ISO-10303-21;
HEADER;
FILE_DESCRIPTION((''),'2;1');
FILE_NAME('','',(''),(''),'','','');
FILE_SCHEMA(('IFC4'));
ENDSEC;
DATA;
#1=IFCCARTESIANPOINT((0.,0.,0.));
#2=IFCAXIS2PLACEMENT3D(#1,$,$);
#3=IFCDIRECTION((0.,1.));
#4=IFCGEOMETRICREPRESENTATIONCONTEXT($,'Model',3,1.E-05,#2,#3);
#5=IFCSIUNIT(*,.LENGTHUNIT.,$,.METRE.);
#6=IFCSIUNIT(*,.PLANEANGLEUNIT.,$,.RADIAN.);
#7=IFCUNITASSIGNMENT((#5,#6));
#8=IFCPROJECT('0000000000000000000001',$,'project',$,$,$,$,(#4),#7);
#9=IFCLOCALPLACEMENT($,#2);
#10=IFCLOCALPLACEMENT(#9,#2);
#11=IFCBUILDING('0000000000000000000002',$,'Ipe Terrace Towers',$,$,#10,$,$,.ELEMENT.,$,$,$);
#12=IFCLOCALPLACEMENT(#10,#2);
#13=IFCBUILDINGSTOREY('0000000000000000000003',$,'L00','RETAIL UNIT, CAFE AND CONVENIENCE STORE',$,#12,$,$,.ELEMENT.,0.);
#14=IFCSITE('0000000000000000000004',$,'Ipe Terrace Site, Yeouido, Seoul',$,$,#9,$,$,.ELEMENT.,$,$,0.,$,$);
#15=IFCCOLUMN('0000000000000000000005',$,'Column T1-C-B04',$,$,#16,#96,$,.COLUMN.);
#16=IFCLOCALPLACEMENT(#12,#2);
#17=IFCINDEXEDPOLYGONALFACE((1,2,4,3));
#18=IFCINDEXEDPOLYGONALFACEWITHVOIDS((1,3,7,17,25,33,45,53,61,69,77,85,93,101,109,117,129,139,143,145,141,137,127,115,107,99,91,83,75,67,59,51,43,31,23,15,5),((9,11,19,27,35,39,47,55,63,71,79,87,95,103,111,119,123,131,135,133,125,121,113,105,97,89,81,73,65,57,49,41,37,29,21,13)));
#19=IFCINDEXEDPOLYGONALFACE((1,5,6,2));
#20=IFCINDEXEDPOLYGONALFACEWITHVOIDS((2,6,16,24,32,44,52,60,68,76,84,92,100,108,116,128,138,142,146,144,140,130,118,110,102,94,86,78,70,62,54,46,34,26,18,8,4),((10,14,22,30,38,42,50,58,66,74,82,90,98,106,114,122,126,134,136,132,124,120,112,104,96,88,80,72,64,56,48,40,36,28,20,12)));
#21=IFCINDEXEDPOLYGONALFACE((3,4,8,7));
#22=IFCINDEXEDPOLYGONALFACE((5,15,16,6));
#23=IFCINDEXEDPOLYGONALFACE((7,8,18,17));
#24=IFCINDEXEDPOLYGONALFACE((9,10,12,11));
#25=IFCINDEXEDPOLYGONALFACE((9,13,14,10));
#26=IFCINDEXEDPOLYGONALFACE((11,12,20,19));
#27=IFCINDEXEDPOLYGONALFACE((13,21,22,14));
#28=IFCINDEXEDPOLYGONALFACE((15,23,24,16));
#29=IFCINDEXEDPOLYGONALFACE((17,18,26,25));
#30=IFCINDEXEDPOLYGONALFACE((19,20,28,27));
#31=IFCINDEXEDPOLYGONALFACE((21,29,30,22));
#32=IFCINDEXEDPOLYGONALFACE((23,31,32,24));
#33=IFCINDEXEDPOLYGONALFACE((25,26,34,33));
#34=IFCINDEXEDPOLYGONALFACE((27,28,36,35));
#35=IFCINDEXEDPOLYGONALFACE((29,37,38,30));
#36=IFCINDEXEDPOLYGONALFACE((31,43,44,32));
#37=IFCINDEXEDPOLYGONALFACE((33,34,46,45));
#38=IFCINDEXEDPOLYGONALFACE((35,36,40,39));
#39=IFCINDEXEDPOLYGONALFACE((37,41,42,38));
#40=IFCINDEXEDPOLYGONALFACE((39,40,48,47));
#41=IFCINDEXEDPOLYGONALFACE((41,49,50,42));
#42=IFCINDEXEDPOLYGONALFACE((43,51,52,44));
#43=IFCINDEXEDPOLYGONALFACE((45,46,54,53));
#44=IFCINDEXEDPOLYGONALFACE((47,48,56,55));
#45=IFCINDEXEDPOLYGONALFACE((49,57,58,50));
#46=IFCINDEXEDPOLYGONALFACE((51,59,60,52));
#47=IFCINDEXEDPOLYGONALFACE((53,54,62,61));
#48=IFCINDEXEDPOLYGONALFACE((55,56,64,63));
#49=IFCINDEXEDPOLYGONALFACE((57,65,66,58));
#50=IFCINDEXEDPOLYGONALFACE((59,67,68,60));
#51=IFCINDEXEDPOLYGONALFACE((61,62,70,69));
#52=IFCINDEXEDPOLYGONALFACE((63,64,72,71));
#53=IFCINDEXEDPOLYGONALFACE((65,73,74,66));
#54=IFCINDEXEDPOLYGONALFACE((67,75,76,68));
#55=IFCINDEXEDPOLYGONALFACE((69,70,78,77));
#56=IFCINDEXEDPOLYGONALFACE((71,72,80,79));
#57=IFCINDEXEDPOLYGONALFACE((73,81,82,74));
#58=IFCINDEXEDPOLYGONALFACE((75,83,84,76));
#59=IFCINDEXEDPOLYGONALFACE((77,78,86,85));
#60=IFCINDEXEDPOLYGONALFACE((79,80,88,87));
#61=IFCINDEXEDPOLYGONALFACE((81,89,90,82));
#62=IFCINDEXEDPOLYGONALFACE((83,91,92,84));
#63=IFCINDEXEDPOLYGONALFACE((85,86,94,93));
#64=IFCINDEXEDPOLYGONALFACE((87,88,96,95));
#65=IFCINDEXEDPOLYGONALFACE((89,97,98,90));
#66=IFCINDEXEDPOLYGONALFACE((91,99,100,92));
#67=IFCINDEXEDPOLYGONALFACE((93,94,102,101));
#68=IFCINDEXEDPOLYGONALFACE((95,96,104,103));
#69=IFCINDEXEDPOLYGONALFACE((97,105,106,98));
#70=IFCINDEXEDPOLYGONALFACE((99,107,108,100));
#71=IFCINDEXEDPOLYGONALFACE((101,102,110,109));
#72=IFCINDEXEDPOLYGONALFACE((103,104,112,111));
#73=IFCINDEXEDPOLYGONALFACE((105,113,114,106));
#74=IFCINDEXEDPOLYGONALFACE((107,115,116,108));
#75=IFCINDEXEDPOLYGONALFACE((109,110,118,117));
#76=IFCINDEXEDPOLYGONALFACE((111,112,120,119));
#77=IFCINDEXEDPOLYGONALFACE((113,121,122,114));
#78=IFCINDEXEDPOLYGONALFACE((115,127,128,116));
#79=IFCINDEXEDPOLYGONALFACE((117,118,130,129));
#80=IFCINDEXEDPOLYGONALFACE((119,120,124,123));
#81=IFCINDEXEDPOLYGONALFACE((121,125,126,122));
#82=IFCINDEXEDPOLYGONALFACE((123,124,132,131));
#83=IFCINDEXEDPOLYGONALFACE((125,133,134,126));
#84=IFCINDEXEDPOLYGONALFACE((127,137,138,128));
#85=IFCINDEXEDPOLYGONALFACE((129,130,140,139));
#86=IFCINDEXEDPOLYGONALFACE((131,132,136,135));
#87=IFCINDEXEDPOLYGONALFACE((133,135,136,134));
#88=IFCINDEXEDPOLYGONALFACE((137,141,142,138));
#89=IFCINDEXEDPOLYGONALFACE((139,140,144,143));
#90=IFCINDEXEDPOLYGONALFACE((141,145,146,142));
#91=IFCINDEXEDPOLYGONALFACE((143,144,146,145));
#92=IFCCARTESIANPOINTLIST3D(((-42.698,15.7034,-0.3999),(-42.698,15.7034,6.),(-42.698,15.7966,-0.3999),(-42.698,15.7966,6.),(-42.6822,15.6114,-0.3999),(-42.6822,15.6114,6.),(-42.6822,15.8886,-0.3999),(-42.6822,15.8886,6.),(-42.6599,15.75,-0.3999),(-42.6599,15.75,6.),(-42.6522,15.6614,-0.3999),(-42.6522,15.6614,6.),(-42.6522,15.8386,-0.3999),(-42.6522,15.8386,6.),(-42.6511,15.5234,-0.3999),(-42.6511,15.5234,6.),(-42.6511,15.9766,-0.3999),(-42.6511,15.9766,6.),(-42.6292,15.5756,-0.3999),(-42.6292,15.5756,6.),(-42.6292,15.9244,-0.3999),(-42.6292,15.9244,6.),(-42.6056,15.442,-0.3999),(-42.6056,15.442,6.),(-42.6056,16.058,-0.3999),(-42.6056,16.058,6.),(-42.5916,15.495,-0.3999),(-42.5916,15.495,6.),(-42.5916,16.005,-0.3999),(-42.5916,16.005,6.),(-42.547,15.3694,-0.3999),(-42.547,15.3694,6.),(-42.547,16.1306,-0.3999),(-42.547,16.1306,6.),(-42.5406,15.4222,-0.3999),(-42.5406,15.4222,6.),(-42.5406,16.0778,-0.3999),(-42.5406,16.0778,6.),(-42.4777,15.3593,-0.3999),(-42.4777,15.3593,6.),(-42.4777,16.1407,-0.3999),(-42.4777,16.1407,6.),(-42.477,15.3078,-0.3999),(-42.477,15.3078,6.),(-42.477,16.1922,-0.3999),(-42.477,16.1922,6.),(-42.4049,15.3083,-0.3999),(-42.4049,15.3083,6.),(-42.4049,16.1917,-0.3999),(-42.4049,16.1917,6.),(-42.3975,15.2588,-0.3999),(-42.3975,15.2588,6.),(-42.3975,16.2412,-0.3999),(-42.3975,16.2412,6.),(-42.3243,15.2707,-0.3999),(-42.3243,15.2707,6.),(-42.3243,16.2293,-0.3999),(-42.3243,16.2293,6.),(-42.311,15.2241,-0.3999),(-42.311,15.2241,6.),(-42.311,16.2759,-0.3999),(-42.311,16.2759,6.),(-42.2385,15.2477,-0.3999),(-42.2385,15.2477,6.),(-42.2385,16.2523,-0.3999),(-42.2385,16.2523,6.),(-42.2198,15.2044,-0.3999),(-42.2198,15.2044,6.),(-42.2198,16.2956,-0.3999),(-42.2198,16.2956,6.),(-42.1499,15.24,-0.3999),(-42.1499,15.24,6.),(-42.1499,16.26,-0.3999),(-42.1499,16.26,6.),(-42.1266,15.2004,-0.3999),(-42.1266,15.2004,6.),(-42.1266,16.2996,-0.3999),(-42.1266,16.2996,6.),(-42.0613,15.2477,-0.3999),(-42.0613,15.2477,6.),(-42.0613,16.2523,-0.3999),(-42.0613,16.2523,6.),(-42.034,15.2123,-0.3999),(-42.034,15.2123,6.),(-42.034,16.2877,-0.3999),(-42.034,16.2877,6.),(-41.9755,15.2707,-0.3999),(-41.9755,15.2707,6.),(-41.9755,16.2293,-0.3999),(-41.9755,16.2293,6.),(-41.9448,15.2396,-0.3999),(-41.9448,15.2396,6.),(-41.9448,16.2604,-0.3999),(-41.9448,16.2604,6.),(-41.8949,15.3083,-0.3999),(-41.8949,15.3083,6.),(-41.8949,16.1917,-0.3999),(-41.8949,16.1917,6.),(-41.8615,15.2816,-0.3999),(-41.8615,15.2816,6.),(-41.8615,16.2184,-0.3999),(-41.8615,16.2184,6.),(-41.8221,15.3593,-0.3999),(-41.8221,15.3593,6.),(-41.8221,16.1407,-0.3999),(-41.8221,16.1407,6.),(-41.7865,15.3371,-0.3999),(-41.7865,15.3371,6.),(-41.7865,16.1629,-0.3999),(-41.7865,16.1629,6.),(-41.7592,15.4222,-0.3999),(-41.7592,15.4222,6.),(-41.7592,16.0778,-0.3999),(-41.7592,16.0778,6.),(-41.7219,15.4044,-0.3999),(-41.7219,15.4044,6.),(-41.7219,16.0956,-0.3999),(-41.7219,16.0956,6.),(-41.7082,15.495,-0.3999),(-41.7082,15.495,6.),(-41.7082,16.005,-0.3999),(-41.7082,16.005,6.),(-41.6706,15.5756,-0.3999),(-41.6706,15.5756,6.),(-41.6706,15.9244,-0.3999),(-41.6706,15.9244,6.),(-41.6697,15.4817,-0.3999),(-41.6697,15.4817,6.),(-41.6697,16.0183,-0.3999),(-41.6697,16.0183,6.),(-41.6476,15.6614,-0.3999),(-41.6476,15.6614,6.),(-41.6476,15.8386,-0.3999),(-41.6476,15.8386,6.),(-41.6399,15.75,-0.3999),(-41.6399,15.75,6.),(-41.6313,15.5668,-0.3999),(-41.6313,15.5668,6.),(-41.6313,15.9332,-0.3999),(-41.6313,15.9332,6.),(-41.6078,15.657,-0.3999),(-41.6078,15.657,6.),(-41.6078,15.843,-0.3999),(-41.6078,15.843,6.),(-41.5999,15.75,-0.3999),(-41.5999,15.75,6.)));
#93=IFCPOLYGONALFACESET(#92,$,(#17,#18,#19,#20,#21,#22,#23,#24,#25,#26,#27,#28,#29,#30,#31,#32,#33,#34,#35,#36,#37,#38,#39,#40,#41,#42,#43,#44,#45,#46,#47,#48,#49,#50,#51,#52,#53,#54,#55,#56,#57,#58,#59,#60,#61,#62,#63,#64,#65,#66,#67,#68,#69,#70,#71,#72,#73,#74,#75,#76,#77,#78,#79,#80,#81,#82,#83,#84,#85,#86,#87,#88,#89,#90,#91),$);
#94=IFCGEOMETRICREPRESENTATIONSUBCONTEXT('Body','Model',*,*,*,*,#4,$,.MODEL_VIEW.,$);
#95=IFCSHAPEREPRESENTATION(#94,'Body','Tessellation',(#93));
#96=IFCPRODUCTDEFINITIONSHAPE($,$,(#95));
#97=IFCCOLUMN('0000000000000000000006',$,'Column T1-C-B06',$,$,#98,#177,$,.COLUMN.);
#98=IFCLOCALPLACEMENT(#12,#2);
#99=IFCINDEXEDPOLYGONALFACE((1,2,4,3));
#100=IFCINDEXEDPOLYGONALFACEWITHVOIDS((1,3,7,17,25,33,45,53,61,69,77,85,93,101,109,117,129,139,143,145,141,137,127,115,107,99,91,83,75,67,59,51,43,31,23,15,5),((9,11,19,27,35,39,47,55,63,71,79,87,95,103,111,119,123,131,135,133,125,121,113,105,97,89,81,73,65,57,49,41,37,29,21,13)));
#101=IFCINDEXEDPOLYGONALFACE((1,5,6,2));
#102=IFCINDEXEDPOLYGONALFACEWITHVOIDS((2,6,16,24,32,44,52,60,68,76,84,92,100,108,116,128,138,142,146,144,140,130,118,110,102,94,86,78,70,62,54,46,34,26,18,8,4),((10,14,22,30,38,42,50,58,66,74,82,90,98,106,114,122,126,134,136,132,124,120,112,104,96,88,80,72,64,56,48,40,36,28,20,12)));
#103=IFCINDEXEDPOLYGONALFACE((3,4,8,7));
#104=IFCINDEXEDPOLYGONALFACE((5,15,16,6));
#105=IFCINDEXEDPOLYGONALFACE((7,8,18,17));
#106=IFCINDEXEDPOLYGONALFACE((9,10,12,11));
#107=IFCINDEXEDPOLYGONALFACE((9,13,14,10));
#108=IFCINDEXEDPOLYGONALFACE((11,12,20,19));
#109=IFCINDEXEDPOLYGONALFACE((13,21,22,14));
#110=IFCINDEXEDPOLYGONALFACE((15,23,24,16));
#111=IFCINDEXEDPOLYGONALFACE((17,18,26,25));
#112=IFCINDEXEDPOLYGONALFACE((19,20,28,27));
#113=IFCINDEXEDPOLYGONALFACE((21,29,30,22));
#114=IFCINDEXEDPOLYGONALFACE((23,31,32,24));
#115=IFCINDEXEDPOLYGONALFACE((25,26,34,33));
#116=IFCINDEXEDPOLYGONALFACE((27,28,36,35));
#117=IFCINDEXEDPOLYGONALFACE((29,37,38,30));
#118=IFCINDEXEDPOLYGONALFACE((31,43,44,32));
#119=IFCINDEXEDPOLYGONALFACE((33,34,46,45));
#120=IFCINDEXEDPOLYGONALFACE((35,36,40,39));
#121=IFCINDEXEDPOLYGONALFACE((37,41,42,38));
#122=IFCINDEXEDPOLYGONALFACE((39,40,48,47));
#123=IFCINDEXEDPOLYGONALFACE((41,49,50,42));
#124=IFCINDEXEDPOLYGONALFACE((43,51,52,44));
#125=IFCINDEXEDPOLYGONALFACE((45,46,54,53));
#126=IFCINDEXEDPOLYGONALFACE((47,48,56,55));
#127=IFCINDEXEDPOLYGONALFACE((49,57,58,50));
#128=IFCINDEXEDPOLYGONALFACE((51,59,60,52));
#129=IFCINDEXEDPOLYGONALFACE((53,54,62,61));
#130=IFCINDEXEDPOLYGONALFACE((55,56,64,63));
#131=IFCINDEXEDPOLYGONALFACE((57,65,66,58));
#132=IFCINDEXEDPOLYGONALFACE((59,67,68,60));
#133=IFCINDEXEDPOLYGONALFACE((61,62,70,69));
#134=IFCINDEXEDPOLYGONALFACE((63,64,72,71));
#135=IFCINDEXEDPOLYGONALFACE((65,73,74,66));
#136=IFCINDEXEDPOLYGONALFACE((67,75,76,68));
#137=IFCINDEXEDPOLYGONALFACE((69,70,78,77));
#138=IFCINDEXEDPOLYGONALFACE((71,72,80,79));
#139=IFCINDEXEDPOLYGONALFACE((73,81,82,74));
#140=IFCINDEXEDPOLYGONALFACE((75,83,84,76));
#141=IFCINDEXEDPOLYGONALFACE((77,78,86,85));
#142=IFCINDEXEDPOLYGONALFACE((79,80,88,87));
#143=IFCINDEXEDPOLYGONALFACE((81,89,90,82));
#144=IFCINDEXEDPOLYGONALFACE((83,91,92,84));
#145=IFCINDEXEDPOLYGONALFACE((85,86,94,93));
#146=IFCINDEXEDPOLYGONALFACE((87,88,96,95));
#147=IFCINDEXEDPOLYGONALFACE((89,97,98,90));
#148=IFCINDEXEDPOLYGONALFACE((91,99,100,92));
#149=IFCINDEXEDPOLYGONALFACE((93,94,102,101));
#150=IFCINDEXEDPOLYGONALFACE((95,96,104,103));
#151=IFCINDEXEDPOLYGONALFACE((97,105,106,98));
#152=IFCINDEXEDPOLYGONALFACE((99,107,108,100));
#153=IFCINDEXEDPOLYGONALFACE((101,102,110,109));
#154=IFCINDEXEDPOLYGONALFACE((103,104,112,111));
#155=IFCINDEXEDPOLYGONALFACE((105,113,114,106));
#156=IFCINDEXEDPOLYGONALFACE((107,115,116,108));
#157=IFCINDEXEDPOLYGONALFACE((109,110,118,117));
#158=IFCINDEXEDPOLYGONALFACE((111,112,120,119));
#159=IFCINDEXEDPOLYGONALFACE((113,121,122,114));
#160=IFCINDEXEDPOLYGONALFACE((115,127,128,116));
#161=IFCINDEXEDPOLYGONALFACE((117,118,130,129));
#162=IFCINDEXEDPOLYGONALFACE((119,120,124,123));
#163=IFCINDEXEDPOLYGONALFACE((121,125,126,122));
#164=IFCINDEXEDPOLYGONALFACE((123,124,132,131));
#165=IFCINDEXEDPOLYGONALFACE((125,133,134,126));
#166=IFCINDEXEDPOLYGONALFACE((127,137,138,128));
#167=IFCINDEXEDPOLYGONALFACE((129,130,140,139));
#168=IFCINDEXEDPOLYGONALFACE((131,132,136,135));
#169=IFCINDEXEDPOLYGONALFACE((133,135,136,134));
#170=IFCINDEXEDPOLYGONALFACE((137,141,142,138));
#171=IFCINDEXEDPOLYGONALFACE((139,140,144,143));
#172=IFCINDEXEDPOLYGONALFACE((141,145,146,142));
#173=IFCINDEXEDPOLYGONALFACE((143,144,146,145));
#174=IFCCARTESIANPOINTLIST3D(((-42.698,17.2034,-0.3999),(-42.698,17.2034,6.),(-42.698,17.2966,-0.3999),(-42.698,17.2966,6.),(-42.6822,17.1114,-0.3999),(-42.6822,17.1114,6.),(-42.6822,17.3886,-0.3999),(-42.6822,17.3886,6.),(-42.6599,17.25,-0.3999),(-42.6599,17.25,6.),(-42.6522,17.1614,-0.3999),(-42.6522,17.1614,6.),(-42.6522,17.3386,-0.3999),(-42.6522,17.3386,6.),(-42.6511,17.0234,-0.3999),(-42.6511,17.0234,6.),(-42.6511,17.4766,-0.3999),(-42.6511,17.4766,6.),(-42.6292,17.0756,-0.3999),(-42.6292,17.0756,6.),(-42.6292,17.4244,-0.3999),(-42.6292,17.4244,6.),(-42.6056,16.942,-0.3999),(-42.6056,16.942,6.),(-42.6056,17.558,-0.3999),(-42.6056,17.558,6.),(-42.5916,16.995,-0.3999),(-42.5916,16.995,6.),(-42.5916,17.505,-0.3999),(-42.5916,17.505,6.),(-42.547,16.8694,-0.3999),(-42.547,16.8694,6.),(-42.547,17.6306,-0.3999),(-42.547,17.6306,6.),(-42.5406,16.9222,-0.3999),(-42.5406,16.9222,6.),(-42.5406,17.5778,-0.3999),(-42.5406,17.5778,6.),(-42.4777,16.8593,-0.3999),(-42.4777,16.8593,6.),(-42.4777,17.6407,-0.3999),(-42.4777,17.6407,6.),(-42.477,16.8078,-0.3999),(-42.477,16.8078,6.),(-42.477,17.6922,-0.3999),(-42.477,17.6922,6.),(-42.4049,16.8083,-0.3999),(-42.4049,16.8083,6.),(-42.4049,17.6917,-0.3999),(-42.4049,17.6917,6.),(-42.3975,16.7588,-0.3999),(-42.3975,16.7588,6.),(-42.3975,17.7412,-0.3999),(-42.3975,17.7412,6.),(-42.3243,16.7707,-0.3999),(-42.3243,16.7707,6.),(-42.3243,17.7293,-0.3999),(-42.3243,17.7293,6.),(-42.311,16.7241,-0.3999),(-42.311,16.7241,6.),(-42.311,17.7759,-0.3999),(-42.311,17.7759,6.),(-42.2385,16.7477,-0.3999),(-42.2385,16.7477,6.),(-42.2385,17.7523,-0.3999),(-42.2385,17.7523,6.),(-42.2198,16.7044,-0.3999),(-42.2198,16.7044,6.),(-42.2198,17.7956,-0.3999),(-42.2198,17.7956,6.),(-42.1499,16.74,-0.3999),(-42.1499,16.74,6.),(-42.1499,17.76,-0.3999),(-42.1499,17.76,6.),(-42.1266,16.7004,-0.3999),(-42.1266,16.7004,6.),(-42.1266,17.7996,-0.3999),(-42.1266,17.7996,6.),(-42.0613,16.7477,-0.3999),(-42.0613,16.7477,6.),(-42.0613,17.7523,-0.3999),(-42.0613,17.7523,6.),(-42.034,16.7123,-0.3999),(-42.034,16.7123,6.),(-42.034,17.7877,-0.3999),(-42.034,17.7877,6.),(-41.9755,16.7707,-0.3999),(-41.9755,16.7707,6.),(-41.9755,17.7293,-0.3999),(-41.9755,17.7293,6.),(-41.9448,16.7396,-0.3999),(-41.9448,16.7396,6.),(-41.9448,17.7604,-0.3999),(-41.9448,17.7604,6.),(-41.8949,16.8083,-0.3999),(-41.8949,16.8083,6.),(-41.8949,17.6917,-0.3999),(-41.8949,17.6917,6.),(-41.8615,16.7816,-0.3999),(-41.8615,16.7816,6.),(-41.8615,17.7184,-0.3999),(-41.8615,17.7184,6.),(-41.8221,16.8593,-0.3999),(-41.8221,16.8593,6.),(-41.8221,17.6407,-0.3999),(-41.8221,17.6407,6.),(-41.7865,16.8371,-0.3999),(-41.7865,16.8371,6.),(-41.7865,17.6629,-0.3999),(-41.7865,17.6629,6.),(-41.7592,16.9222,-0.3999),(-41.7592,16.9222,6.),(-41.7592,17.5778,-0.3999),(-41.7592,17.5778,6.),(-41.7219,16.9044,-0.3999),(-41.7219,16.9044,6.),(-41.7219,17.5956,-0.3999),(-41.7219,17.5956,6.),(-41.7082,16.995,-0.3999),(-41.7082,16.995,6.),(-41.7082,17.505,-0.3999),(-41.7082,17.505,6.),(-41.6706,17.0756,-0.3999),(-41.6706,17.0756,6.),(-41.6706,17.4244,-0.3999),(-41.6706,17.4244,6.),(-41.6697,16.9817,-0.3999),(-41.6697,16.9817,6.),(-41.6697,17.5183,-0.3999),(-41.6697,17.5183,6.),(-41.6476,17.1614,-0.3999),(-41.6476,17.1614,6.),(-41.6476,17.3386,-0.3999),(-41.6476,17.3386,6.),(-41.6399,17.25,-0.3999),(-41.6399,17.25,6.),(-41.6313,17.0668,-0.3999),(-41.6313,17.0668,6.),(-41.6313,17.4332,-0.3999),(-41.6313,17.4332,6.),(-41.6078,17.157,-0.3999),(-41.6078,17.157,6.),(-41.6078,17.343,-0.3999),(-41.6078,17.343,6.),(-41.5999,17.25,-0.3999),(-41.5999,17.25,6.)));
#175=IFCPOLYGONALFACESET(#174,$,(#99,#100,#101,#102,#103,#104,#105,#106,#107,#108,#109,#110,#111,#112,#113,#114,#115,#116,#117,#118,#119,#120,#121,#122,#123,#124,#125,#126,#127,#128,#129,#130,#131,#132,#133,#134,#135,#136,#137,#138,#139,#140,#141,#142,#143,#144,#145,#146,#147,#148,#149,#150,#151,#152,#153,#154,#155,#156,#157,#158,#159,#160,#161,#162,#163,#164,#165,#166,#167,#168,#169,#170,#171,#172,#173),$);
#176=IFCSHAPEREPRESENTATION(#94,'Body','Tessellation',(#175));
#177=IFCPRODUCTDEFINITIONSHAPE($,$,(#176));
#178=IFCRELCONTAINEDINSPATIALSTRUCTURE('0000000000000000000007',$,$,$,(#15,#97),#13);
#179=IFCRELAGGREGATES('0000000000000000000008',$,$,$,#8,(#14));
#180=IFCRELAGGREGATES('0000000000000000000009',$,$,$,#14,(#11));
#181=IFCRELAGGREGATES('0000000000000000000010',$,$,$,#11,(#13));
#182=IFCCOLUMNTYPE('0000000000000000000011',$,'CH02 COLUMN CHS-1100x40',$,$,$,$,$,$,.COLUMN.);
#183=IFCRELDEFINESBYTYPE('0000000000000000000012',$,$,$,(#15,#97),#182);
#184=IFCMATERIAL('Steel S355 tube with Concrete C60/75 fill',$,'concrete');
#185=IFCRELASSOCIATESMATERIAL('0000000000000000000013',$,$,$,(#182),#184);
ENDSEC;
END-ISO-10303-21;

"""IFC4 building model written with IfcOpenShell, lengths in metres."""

from ifc_helpers import new_model, si_unit, direction, frame, origin, origin_2d, place, context, subcontext, project, spatial, hollow_circle, extrude, material, material_profile, profile_set, type_object, element, save


model = new_model("IFC4")

# Units and contexts
model_context = context("Model", 3, precision=1e-05, world=origin(), true_north=direction((0.0, 1.0)))
body_context = subcontext(model_context, "Body", "Model", "MODEL_VIEW")
ifc_project = project(units=[si_unit("LENGTHUNIT", "METRE"), si_unit("PLANEANGLEUNIT", "RADIAN")], contexts=[model_context])

# Site, building, storey
site_placement = place(None, origin())
site = spatial("IfcSite", under=ifc_project, at=site_placement, Name="Ipe Terrace Site, Yeouido, Seoul", CompositionType="ELEMENT", RefElevation=0.0)
building_placement = place(site_placement, origin())
building = spatial("IfcBuilding", under=site, at=building_placement, Name="Ipe Terrace Towers", CompositionType="ELEMENT")
storey_placement = place(building_placement, origin())
storey = spatial("IfcBuildingStorey", under=building, at=storey_placement, Name="L00", Description="RETAIL UNIT, CAFE AND CONVENIENCE STORE", CompositionType="ELEMENT", Elevation=0.0)

# Columns
ifc_material_1 = material(Name="Steel S355 tube with Concrete C60/75 fill", Category="concrete")
ifc_material_profile_1 = material_profile(ifc_material_1, hollow_circle(Radius=0.55, WallThickness=0.04, at=origin_2d()), Name="CHS-1100x40")
ifc_profile_set_1 = profile_set([ifc_material_profile_1], Name="Steel S355 tube with Concrete C60/75 fill")
column_type_1 = type_object("IfcColumnType", Name="CH02 COLUMN CHS-1100x40", PredefinedType="COLUMN", material=ifc_profile_set_1)
for number, where, z_axis, x_axis, name in (
    (1, (-42.1499, 15.75, -0.3999), (0.0, 0.0, 1.0), (1.0, 0.0, 0.0), "Column T1-C-B04"),
    (2, (-42.1499, 17.25, -0.3999), (0.0, 0.0, 1.0), (1.0, 0.0, 0.0), "Column T1-C-B06"),
):
    element("IfcColumn", number, at=place(storey_placement, frame(where, z_axis=z_axis, x_axis=x_axis)), inside=storey, type_object=column_type_1, Name=name, PredefinedType="COLUMN", context=body_context, shape_type="SweptSolid", body=[
        extrude(hollow_circle(Radius=0.55, WallThickness=0.04, at=origin_2d()), origin(), (0.0, 0.0, 1.0), 6.3999),
    ])

save(model, "model.ifc")
